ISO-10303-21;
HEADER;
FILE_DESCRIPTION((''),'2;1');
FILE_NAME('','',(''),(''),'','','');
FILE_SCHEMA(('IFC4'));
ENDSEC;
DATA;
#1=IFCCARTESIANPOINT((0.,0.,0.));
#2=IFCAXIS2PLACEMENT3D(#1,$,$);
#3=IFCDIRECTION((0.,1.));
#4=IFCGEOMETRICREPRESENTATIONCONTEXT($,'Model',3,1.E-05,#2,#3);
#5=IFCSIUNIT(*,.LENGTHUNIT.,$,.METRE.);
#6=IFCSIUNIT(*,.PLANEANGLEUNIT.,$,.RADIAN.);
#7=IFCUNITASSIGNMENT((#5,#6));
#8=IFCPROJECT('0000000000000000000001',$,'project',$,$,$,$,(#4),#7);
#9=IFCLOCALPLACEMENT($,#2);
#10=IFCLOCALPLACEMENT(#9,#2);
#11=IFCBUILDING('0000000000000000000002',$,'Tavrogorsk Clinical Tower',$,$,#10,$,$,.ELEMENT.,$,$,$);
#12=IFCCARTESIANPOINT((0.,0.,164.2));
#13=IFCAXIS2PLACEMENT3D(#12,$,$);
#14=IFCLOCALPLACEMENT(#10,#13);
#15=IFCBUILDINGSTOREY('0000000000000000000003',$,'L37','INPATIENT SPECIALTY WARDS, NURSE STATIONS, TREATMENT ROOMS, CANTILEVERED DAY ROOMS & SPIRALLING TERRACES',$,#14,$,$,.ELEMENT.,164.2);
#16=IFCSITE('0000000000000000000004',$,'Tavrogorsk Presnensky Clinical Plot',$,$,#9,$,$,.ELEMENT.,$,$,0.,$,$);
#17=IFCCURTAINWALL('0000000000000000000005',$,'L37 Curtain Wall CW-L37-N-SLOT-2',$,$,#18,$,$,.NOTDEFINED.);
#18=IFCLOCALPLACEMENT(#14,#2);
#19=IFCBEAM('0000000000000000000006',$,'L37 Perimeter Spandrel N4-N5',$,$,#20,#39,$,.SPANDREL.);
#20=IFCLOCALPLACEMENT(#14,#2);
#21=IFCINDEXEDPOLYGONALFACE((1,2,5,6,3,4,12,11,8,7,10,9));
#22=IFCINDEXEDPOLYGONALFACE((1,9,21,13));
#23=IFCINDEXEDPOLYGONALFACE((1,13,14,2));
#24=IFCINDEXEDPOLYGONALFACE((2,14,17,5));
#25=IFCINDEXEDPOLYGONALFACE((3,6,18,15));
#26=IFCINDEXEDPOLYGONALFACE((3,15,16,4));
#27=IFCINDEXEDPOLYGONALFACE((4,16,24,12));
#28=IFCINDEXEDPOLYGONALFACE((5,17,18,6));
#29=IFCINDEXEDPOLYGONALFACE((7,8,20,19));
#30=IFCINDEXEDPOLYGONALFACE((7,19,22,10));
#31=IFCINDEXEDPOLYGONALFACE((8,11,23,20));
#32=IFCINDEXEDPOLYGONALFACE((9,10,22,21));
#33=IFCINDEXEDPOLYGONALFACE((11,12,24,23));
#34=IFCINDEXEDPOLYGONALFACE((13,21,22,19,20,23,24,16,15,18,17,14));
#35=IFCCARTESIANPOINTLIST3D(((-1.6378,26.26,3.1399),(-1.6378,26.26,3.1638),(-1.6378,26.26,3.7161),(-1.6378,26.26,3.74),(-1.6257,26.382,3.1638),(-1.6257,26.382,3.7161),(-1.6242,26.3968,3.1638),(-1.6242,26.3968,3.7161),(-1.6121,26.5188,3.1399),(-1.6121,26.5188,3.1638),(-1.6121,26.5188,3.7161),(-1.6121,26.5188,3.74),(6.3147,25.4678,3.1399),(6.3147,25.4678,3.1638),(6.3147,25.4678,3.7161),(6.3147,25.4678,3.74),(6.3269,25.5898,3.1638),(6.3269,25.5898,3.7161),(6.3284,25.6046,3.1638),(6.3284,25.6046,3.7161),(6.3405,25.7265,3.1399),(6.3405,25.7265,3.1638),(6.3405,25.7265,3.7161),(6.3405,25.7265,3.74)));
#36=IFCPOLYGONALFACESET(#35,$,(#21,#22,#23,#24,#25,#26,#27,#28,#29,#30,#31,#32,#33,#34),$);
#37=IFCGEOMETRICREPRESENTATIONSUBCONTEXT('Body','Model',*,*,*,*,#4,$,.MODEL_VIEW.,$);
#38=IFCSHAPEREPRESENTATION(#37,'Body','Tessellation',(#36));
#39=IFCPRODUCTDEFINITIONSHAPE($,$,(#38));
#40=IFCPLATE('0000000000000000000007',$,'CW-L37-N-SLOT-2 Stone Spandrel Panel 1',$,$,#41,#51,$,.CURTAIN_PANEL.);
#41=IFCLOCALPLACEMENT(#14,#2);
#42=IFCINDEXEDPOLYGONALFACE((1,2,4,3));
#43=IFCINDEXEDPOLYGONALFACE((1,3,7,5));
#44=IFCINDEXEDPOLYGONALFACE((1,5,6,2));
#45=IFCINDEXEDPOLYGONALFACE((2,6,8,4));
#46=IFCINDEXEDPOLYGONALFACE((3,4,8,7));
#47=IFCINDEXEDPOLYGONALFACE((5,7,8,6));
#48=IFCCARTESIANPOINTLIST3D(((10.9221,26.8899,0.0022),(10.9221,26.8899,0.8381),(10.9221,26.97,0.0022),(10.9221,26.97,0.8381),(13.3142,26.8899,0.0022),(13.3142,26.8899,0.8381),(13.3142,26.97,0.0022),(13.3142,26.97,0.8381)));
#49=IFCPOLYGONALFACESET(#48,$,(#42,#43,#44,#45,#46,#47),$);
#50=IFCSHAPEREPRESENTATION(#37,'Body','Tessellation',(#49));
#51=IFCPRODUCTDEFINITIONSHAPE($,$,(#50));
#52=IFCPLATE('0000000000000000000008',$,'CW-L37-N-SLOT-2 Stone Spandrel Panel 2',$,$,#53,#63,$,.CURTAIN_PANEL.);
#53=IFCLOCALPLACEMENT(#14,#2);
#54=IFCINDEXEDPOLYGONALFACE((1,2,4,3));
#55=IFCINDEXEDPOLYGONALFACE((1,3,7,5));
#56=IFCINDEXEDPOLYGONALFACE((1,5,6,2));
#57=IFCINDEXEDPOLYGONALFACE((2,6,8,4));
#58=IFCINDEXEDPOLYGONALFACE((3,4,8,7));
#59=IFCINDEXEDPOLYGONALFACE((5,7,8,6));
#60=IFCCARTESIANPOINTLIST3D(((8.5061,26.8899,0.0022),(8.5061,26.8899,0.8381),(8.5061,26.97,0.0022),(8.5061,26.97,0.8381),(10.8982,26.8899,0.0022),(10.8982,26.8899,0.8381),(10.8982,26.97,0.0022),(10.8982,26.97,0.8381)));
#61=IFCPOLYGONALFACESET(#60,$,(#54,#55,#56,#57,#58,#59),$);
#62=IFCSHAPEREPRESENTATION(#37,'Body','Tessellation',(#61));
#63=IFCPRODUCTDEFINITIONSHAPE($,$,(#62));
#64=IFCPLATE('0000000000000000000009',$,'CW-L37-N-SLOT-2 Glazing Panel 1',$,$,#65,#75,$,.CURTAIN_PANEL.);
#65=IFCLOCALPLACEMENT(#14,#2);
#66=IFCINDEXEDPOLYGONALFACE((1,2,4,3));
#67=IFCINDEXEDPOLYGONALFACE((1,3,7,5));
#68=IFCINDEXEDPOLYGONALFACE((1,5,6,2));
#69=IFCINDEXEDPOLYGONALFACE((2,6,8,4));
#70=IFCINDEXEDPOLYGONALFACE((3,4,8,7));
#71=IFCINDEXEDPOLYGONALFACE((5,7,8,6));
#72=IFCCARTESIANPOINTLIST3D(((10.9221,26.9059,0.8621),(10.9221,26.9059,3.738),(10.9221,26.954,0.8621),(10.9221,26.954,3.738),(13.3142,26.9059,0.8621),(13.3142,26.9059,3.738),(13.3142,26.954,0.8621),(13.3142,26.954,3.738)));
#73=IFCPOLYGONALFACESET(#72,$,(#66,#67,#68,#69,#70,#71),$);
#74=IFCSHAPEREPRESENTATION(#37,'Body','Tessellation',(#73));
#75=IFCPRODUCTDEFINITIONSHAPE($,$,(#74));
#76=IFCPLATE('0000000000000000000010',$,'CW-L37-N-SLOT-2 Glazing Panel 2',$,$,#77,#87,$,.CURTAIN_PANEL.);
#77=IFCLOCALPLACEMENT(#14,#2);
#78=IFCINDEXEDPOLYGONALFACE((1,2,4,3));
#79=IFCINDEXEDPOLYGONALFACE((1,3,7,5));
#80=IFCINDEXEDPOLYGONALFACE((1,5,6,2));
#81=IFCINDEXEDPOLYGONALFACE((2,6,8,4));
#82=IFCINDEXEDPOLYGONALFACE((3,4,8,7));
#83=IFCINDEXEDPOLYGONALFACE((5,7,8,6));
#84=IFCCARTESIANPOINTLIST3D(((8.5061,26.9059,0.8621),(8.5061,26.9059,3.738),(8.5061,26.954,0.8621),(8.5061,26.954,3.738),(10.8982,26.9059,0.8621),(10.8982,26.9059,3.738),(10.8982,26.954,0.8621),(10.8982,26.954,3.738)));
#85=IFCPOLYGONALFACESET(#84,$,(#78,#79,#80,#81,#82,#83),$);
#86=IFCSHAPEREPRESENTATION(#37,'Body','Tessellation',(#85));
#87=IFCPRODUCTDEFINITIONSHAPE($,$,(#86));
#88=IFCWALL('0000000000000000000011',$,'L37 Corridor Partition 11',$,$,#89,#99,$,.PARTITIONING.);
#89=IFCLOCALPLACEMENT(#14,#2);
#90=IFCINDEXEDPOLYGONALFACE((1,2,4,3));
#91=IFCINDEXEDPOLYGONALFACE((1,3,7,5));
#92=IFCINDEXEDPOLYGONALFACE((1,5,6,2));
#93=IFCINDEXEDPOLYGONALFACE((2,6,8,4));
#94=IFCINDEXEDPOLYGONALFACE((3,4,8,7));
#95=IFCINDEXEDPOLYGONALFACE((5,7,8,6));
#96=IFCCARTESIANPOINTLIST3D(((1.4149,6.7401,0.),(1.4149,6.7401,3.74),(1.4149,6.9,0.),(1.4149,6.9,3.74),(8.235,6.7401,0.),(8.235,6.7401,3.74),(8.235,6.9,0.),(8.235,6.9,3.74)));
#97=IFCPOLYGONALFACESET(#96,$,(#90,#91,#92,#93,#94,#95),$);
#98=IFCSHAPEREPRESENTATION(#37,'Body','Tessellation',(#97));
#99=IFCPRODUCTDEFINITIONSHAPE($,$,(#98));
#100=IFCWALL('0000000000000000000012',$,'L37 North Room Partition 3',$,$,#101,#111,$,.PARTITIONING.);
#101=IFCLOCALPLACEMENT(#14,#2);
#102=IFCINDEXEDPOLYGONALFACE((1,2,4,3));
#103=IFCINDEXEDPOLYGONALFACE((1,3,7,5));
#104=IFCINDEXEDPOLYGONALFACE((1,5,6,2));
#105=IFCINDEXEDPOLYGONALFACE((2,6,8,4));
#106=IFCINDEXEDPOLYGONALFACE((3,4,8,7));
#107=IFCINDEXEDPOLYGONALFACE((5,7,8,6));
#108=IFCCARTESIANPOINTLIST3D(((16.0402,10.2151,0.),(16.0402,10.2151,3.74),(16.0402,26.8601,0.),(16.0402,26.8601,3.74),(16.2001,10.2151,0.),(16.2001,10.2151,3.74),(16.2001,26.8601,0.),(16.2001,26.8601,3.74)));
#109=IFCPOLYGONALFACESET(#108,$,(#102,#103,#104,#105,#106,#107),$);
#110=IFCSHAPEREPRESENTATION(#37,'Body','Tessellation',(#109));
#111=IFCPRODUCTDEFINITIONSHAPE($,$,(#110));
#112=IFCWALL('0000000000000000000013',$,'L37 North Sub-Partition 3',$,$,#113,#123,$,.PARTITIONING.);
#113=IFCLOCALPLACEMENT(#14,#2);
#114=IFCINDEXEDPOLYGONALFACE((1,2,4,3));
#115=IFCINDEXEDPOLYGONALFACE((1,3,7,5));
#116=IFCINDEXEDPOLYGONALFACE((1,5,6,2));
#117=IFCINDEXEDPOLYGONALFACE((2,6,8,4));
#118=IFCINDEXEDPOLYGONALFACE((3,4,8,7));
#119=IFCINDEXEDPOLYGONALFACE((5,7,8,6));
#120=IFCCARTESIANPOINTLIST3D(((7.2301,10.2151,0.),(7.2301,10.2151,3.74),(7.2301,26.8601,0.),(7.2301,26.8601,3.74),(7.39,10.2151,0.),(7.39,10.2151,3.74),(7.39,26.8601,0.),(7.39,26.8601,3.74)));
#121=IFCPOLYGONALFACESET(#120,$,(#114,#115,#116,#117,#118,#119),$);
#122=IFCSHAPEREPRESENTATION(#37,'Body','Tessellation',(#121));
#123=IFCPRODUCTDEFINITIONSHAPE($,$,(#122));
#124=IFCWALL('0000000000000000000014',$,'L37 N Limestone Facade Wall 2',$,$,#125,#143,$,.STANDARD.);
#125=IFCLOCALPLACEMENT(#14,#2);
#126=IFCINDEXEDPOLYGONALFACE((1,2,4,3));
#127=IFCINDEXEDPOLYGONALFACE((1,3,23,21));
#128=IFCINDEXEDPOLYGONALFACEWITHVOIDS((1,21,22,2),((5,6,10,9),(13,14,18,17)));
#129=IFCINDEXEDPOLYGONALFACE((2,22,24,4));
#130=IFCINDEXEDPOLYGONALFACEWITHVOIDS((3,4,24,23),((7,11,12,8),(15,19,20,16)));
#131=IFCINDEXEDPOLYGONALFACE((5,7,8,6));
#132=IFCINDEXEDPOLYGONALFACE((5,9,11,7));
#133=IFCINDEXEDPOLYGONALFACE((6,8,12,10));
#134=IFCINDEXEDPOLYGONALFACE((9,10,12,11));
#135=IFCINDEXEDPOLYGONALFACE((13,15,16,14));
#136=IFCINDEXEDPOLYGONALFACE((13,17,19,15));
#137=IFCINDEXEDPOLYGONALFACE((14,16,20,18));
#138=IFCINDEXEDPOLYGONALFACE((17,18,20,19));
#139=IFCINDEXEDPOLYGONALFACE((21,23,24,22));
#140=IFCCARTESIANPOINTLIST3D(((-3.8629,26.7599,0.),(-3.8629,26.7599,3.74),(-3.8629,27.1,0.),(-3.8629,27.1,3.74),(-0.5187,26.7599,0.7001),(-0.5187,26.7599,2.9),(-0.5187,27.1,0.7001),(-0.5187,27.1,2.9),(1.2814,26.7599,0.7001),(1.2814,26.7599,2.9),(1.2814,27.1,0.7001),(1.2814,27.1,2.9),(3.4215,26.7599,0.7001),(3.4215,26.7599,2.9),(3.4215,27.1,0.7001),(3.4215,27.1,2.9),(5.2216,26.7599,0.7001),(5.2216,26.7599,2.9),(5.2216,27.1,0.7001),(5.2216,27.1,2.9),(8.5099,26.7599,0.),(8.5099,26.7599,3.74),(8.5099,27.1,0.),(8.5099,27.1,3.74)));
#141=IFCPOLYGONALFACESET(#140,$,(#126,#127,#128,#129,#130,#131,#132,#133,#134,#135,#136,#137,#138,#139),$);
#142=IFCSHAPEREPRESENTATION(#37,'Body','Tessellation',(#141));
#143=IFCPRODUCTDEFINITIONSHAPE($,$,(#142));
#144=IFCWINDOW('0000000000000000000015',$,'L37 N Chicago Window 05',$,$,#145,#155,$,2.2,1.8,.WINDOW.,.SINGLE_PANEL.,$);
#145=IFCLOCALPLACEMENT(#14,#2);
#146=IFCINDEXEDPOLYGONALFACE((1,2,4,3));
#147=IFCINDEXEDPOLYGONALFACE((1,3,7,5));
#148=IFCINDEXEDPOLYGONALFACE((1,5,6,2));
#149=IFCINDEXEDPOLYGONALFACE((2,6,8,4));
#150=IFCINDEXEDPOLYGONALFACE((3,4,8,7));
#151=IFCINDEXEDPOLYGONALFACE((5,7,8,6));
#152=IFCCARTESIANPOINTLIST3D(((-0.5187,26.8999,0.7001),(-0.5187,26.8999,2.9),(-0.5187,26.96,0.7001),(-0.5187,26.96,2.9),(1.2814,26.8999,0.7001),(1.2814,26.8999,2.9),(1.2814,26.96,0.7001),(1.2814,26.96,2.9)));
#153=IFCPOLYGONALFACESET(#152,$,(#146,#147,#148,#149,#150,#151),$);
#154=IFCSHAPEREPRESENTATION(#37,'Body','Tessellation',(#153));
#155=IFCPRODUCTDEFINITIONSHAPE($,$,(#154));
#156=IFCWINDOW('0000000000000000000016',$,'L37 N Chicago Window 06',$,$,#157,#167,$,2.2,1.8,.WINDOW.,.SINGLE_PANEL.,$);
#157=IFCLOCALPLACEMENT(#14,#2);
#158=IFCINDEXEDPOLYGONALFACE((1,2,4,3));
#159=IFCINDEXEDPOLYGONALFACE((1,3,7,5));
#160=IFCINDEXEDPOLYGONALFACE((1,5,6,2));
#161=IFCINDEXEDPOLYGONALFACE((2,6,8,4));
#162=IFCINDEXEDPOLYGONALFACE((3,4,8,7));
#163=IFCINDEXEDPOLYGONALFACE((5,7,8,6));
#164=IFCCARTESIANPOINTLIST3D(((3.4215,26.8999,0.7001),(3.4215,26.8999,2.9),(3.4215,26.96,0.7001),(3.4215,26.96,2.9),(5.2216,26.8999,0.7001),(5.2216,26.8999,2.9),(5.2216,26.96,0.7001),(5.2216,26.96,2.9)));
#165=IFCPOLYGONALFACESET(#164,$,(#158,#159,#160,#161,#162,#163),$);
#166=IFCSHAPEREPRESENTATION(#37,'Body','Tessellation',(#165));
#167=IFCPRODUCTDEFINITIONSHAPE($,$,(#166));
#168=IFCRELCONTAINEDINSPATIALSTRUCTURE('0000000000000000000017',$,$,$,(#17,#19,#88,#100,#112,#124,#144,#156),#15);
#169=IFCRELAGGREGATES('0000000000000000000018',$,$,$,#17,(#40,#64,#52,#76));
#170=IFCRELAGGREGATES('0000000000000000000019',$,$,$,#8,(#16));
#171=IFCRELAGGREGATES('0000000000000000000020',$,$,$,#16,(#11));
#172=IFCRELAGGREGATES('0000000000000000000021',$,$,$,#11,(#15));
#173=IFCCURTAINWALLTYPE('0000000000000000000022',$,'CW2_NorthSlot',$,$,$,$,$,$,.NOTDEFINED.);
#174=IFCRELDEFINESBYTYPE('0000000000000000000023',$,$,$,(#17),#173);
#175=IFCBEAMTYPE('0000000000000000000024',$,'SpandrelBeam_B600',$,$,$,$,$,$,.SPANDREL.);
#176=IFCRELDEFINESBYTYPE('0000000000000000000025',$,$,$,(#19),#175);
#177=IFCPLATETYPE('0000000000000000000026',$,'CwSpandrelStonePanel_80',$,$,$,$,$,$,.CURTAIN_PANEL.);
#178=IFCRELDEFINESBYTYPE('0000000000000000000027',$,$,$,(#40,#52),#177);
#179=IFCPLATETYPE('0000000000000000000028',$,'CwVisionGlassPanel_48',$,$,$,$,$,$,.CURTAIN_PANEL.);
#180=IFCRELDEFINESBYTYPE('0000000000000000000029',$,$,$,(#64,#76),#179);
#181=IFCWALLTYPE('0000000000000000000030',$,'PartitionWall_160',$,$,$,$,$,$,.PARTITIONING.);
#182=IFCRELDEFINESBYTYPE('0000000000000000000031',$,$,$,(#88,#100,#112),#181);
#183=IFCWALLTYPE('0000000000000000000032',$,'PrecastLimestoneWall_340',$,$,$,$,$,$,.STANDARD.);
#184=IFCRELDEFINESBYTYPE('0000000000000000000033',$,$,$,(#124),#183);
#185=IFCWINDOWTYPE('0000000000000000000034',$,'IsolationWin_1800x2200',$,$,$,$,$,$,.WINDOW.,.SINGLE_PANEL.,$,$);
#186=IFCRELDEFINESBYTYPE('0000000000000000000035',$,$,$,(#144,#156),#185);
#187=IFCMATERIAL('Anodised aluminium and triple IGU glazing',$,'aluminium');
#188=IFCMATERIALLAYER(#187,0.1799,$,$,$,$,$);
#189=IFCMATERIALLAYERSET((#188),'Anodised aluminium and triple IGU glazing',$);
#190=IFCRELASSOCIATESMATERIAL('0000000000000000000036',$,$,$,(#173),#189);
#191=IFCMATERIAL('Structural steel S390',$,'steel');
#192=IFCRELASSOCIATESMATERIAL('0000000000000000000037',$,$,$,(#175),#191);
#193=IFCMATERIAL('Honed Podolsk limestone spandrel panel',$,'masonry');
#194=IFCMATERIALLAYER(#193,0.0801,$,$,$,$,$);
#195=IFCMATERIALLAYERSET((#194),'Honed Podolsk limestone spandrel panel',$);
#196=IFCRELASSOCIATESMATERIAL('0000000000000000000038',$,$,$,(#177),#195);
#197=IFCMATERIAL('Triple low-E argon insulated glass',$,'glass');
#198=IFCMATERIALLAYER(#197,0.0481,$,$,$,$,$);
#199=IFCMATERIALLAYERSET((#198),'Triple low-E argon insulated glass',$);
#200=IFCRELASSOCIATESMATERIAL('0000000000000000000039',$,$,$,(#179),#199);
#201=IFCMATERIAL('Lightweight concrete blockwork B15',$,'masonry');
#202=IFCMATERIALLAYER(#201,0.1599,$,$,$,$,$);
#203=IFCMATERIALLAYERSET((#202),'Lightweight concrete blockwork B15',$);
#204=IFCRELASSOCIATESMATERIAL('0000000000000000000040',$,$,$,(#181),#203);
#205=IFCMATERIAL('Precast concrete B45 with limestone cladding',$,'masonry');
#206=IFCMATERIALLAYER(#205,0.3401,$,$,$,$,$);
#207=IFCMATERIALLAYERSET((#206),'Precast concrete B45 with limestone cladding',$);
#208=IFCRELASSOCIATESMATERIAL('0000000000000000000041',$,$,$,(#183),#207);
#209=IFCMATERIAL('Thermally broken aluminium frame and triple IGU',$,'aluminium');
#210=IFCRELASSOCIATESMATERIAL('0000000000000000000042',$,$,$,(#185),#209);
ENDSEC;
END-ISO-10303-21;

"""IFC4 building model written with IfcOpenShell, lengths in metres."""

from ifc_helpers import new_model, si_unit, direction, frame, frame_2d, origin, origin_2d, place, context, subcontext, project, spatial, rectangle, i_section, extrude, material, layer, layer_set, material_profile, profile_set, type_object, element, fill, aggregate, save


model = new_model("IFC4")

# Units and contexts
model_context = context("Model", 3, precision=1e-05, world=origin(), true_north=direction((0.0, 1.0)))
body_context = subcontext(model_context, "Body", "Model", "MODEL_VIEW")
ifc_project = project(units=[si_unit("LENGTHUNIT", "METRE"), si_unit("PLANEANGLEUNIT", "RADIAN")], contexts=[model_context])

# Site, building, storey
site_placement = place(None, origin())
site = spatial("IfcSite", under=ifc_project, at=site_placement, Name="Tavrogorsk Presnensky Clinical Plot", CompositionType="ELEMENT", RefElevation=0.0)
building_placement = place(site_placement, origin())
building = spatial("IfcBuilding", under=site, at=building_placement, Name="Tavrogorsk Clinical Tower", CompositionType="ELEMENT")
storey_placement = place(building_placement, frame((0.0, 0.0, 164.2)))
storey = spatial("IfcBuildingStorey", under=building, at=storey_placement, Name="L37", Description="INPATIENT SPECIALTY WARDS, NURSE STATIONS, TREATMENT ROOMS, CANTILEVERED DAY ROOMS & SPIRALLING TERRACES", CompositionType="ELEMENT", Elevation=164.2)

# Curtain wall
ifc_material_1 = material(Name="Anodised aluminium and triple IGU glazing", Category="aluminium")
ifc_layer_1 = layer(ifc_material_1, 0.1799)
ifc_layer_set_1 = layer_set([ifc_layer_1], Name="Anodised aluminium and triple IGU glazing")
curtain_wall_type = type_object("IfcCurtainWallType", Name="CW2_NorthSlot", PredefinedType="NOTDEFINED", material=ifc_layer_set_1)
curtain_wall_placement = place(storey_placement, origin())
curtain_wall = element("IfcCurtainWall", 1, at=curtain_wall_placement, inside=storey, type_object=curtain_wall_type, Name="L37 Curtain Wall CW-L37-N-SLOT-2", PredefinedType="NOTDEFINED")

# Beam
ifc_material_2 = material(Name="Structural steel S390", Category="steel")
ifc_material_profile_1 = material_profile(ifc_material_2, i_section(OverallWidth=0.26, OverallDepth=0.6001, WebThickness=0.0149, FlangeThickness=0.0239, at=origin_2d()), Name="B-600x260x15x24")
ifc_profile_set_1 = profile_set([ifc_material_profile_1], Name="Structural steel S390")
beam_type_1 = type_object("IfcBeamType", Name="SpandrelBeam_B600", PredefinedType="SPANDREL", material=ifc_profile_set_1)
beam_1_placement = place(storey_placement, frame((6.3276, 25.5972, 3.4399), z_axis=(-0.995075, 0.099129, 0.0), x_axis=(-0.099129, -0.995075, 0.0)))
element("IfcBeam", 2, at=beam_1_placement, inside=storey, type_object=beam_type_1, Name="L37 Perimeter Spandrel N4-N5", PredefinedType="SPANDREL", context=body_context, shape_type="SweptSolid", body=[
    extrude(i_section(OverallWidth=0.26, OverallDepth=0.6001, WebThickness=0.0149, FlangeThickness=0.0239, at=origin_2d()), origin(), (0.0, 0.0, 1.0), 7.9919),
])

# Plates
ifc_material_3 = material(Name="Honed Podolsk limestone spandrel panel", Category="masonry")
ifc_layer_2 = layer(ifc_material_3, 0.0801)
ifc_layer_set_2 = layer_set([ifc_layer_2], Name="Honed Podolsk limestone spandrel panel")
plate_type_1 = type_object("IfcPlateType", Name="CwSpandrelStonePanel_80", PredefinedType="CURTAIN_PANEL", material=ifc_layer_set_2)
plate_1_placement = place(storey_placement, frame((12.1182, 26.9299, 0.0022), z_axis=(0.0, 0.0, 1.0), x_axis=(-1.0, 0.0, 0.0)))
plate_1 = element("IfcPlate", 3, at=plate_1_placement, type_object=plate_type_1, Name="CW-L37-N-SLOT-2 Stone Spandrel Panel 1", PredefinedType="CURTAIN_PANEL", context=body_context, shape_type="SweptSolid", body=[
    extrude(rectangle(XDim=2.3921, YDim=0.0801, at=origin_2d()), origin(), (0.0, 0.0, 1.0), 0.8359),
])
plate_2_placement = place(storey_placement, frame((9.7021, 26.9299, 0.0022), z_axis=(0.0, 0.0, 1.0), x_axis=(-1.0, 0.0, 0.0)))
plate_2 = element("IfcPlate", 4, at=plate_2_placement, type_object=plate_type_1, Name="CW-L37-N-SLOT-2 Stone Spandrel Panel 2", PredefinedType="CURTAIN_PANEL", context=body_context, shape_type="SweptSolid", body=[
    extrude(rectangle(XDim=2.3921, YDim=0.0801, at=origin_2d()), origin(), (0.0, 0.0, 1.0), 0.8359),
])
ifc_material_4 = material(Name="Triple low-E argon insulated glass", Category="glass")
ifc_layer_3 = layer(ifc_material_4, 0.0481)
ifc_layer_set_3 = layer_set([ifc_layer_3], Name="Triple low-E argon insulated glass")
plate_type_2 = type_object("IfcPlateType", Name="CwVisionGlassPanel_48", PredefinedType="CURTAIN_PANEL", material=ifc_layer_set_3)
plate_3_placement = place(storey_placement, frame((12.1182, 26.9299, 0.8621), z_axis=(0.0, 0.0, 1.0), x_axis=(-1.0, 0.0, 0.0)))
plate_3 = element("IfcPlate", 5, at=plate_3_placement, type_object=plate_type_2, Name="CW-L37-N-SLOT-2 Glazing Panel 1", PredefinedType="CURTAIN_PANEL", context=body_context, shape_type="SweptSolid", body=[
    extrude(rectangle(XDim=2.3921, YDim=0.0481, at=origin_2d()), origin(), (0.0, 0.0, 1.0), 2.876),
])
plate_4_placement = place(storey_placement, frame((9.7021, 26.9299, 0.8621), z_axis=(0.0, 0.0, 1.0), x_axis=(-1.0, 0.0, 0.0)))
plate_4 = element("IfcPlate", 6, at=plate_4_placement, type_object=plate_type_2, Name="CW-L37-N-SLOT-2 Glazing Panel 2", PredefinedType="CURTAIN_PANEL", context=body_context, shape_type="SweptSolid", body=[
    extrude(rectangle(XDim=2.3921, YDim=0.0481, at=origin_2d()), origin(), (0.0, 0.0, 1.0), 2.876),
])
aggregate(curtain_wall, [plate_1, plate_3, plate_2, plate_4])

# Walls
ifc_material_5 = material(Name="Lightweight concrete blockwork B15", Category="masonry")
ifc_layer_4 = layer(ifc_material_5, 0.1599)
ifc_layer_set_4 = layer_set([ifc_layer_4], Name="Lightweight concrete blockwork B15")
wall_type_1 = type_object("IfcWallType", Name="PartitionWall_160", PredefinedType="PARTITIONING", material=ifc_layer_set_4)
wall_1_placement = place(storey_placement, frame((8.2351, 6.8201, 0.0), z_axis=(0.0, 0.0, 1.0), x_axis=(-1.0, 0.0, 0.0)))
element("IfcWall", 7, at=wall_1_placement, inside=storey, type_object=wall_type_1, Name="L37 Corridor Partition 11", PredefinedType="PARTITIONING", context=body_context, shape_type="SweptSolid", body=[
    extrude(rectangle(XDim=6.8201, YDim=0.1599, at=frame_2d((3.4102, 0.0))), origin(), (0.0, 0.0, 1.0), 3.74),
])
for number, where, z_axis, x_axis, name in (
    (8, (16.1201, 10.2151, 0.0), (0.0, 0.0, 1.0), (0.0, 1.0, 0.0), "L37 North Room Partition 3"),
    (9, (7.3101, 10.2151, 0.0), (0.0, 0.0, 1.0), (0.0, 1.0, 0.0), "L37 North Sub-Partition 3"),
):
    element("IfcWall", number, at=place(storey_placement, frame(where, z_axis=z_axis, x_axis=x_axis)), inside=storey, type_object=wall_type_1, Name=name, PredefinedType="PARTITIONING", context=body_context, shape_type="SweptSolid", body=[
        extrude(rectangle(XDim=16.645, YDim=0.1599, at=frame_2d((8.3225, 0.0))), origin(), (0.0, 0.0, 1.0), 3.74),
    ])

# Wall, openings, windows
ifc_material_6 = material(Name="Precast concrete B45 with limestone cladding", Category="masonry")
ifc_layer_5 = layer(ifc_material_6, 0.3401)
ifc_layer_set_5 = layer_set([ifc_layer_5], Name="Precast concrete B45 with limestone cladding")
wall_type_2 = type_object("IfcWallType", Name="PrecastLimestoneWall_340", PredefinedType="STANDARD", material=ifc_layer_set_5)
wall_2_placement = place(storey_placement, frame((8.51, 26.9299, 0.0), z_axis=(0.0, 0.0, 1.0), x_axis=(-1.0, 0.0, 0.0)))
wall_2 = element("IfcWall", 10, at=wall_2_placement, inside=storey, type_object=wall_type_2, Name="L37 N Limestone Facade Wall 2", PredefinedType="STANDARD", context=body_context, shape_type="SweptSolid", body=[
    extrude(rectangle(XDim=12.3728, YDim=0.3401, at=frame_2d((6.1865, 0.0))), origin(), (0.0, 0.0, 1.0), 3.74),
])
opening_1_placement = place(wall_2_placement, frame((7.2288, 0.0, 0.7)))
opening_1 = element("IfcOpeningElement", 11, at=opening_1_placement, cuts=wall_2, PredefinedType="OPENING", context=body_context, shape_type="SweptSolid", body=[
    extrude(rectangle(XDim=1.8, YDim=2.2, at=frame_2d((0.8999, 1.1001))), frame((0.0, 0.1799, 0.0), z_axis=(0.0, -1.0, 0.0), x_axis=(1.0, 0.0, 0.0)), (0.0, 0.0, 1.0), 0.3601),
])
opening_2_placement = place(wall_2_placement, frame((3.2886, 0.0, 0.7)))
opening_2 = element("IfcOpeningElement", 12, at=opening_2_placement, cuts=wall_2, PredefinedType="OPENING", context=body_context, shape_type="SweptSolid", body=[
    extrude(rectangle(XDim=1.8, YDim=2.2, at=frame_2d((0.8999, 1.1001))), frame((0.0, 0.1799, 0.0), z_axis=(0.0, -1.0, 0.0), x_axis=(1.0, 0.0, 0.0)), (0.0, 0.0, 1.0), 0.3601),
])
ifc_material_7 = material(Name="Thermally broken aluminium frame and triple IGU", Category="aluminium")
window_type = type_object("IfcWindowType", Name="IsolationWin_1800x2200", PartitioningType="SINGLE_PANEL", PredefinedType="WINDOW", material=ifc_material_7)
window_1_placement = place(opening_1_placement, origin())
window_1 = element("IfcWindow", 13, at=window_1_placement, inside=storey, type_object=window_type, Name="L37 N Chicago Window 05", OverallHeight=2.2, OverallWidth=1.8, PartitioningType="SINGLE_PANEL", PredefinedType="WINDOW", context=body_context, shape_type="SweptSolid", body=[
    extrude(rectangle(XDim=1.8, YDim=2.2, at=frame_2d((0.8999, 1.1001))), frame((0.0, 0.03, 0.0), z_axis=(0.0, -1.0, 0.0), x_axis=(1.0, 0.0, 0.0)), (0.0, 0.0, 1.0), 0.0601),
])
fill(opening_1, window_1)
window_2_placement = place(opening_2_placement, origin())
window_2 = element("IfcWindow", 14, at=window_2_placement, inside=storey, type_object=window_type, Name="L37 N Chicago Window 06", OverallHeight=2.2, OverallWidth=1.8, PartitioningType="SINGLE_PANEL", PredefinedType="WINDOW", context=body_context, shape_type="SweptSolid", body=[
    extrude(rectangle(XDim=1.8, YDim=2.2, at=frame_2d((0.8999, 1.1001))), frame((0.0, 0.03, 0.0), z_axis=(0.0, -1.0, 0.0), x_axis=(1.0, 0.0, 0.0)), (0.0, 0.0, 1.0), 0.0601),
])
fill(opening_2, window_2)

save(model, "model.ifc")
